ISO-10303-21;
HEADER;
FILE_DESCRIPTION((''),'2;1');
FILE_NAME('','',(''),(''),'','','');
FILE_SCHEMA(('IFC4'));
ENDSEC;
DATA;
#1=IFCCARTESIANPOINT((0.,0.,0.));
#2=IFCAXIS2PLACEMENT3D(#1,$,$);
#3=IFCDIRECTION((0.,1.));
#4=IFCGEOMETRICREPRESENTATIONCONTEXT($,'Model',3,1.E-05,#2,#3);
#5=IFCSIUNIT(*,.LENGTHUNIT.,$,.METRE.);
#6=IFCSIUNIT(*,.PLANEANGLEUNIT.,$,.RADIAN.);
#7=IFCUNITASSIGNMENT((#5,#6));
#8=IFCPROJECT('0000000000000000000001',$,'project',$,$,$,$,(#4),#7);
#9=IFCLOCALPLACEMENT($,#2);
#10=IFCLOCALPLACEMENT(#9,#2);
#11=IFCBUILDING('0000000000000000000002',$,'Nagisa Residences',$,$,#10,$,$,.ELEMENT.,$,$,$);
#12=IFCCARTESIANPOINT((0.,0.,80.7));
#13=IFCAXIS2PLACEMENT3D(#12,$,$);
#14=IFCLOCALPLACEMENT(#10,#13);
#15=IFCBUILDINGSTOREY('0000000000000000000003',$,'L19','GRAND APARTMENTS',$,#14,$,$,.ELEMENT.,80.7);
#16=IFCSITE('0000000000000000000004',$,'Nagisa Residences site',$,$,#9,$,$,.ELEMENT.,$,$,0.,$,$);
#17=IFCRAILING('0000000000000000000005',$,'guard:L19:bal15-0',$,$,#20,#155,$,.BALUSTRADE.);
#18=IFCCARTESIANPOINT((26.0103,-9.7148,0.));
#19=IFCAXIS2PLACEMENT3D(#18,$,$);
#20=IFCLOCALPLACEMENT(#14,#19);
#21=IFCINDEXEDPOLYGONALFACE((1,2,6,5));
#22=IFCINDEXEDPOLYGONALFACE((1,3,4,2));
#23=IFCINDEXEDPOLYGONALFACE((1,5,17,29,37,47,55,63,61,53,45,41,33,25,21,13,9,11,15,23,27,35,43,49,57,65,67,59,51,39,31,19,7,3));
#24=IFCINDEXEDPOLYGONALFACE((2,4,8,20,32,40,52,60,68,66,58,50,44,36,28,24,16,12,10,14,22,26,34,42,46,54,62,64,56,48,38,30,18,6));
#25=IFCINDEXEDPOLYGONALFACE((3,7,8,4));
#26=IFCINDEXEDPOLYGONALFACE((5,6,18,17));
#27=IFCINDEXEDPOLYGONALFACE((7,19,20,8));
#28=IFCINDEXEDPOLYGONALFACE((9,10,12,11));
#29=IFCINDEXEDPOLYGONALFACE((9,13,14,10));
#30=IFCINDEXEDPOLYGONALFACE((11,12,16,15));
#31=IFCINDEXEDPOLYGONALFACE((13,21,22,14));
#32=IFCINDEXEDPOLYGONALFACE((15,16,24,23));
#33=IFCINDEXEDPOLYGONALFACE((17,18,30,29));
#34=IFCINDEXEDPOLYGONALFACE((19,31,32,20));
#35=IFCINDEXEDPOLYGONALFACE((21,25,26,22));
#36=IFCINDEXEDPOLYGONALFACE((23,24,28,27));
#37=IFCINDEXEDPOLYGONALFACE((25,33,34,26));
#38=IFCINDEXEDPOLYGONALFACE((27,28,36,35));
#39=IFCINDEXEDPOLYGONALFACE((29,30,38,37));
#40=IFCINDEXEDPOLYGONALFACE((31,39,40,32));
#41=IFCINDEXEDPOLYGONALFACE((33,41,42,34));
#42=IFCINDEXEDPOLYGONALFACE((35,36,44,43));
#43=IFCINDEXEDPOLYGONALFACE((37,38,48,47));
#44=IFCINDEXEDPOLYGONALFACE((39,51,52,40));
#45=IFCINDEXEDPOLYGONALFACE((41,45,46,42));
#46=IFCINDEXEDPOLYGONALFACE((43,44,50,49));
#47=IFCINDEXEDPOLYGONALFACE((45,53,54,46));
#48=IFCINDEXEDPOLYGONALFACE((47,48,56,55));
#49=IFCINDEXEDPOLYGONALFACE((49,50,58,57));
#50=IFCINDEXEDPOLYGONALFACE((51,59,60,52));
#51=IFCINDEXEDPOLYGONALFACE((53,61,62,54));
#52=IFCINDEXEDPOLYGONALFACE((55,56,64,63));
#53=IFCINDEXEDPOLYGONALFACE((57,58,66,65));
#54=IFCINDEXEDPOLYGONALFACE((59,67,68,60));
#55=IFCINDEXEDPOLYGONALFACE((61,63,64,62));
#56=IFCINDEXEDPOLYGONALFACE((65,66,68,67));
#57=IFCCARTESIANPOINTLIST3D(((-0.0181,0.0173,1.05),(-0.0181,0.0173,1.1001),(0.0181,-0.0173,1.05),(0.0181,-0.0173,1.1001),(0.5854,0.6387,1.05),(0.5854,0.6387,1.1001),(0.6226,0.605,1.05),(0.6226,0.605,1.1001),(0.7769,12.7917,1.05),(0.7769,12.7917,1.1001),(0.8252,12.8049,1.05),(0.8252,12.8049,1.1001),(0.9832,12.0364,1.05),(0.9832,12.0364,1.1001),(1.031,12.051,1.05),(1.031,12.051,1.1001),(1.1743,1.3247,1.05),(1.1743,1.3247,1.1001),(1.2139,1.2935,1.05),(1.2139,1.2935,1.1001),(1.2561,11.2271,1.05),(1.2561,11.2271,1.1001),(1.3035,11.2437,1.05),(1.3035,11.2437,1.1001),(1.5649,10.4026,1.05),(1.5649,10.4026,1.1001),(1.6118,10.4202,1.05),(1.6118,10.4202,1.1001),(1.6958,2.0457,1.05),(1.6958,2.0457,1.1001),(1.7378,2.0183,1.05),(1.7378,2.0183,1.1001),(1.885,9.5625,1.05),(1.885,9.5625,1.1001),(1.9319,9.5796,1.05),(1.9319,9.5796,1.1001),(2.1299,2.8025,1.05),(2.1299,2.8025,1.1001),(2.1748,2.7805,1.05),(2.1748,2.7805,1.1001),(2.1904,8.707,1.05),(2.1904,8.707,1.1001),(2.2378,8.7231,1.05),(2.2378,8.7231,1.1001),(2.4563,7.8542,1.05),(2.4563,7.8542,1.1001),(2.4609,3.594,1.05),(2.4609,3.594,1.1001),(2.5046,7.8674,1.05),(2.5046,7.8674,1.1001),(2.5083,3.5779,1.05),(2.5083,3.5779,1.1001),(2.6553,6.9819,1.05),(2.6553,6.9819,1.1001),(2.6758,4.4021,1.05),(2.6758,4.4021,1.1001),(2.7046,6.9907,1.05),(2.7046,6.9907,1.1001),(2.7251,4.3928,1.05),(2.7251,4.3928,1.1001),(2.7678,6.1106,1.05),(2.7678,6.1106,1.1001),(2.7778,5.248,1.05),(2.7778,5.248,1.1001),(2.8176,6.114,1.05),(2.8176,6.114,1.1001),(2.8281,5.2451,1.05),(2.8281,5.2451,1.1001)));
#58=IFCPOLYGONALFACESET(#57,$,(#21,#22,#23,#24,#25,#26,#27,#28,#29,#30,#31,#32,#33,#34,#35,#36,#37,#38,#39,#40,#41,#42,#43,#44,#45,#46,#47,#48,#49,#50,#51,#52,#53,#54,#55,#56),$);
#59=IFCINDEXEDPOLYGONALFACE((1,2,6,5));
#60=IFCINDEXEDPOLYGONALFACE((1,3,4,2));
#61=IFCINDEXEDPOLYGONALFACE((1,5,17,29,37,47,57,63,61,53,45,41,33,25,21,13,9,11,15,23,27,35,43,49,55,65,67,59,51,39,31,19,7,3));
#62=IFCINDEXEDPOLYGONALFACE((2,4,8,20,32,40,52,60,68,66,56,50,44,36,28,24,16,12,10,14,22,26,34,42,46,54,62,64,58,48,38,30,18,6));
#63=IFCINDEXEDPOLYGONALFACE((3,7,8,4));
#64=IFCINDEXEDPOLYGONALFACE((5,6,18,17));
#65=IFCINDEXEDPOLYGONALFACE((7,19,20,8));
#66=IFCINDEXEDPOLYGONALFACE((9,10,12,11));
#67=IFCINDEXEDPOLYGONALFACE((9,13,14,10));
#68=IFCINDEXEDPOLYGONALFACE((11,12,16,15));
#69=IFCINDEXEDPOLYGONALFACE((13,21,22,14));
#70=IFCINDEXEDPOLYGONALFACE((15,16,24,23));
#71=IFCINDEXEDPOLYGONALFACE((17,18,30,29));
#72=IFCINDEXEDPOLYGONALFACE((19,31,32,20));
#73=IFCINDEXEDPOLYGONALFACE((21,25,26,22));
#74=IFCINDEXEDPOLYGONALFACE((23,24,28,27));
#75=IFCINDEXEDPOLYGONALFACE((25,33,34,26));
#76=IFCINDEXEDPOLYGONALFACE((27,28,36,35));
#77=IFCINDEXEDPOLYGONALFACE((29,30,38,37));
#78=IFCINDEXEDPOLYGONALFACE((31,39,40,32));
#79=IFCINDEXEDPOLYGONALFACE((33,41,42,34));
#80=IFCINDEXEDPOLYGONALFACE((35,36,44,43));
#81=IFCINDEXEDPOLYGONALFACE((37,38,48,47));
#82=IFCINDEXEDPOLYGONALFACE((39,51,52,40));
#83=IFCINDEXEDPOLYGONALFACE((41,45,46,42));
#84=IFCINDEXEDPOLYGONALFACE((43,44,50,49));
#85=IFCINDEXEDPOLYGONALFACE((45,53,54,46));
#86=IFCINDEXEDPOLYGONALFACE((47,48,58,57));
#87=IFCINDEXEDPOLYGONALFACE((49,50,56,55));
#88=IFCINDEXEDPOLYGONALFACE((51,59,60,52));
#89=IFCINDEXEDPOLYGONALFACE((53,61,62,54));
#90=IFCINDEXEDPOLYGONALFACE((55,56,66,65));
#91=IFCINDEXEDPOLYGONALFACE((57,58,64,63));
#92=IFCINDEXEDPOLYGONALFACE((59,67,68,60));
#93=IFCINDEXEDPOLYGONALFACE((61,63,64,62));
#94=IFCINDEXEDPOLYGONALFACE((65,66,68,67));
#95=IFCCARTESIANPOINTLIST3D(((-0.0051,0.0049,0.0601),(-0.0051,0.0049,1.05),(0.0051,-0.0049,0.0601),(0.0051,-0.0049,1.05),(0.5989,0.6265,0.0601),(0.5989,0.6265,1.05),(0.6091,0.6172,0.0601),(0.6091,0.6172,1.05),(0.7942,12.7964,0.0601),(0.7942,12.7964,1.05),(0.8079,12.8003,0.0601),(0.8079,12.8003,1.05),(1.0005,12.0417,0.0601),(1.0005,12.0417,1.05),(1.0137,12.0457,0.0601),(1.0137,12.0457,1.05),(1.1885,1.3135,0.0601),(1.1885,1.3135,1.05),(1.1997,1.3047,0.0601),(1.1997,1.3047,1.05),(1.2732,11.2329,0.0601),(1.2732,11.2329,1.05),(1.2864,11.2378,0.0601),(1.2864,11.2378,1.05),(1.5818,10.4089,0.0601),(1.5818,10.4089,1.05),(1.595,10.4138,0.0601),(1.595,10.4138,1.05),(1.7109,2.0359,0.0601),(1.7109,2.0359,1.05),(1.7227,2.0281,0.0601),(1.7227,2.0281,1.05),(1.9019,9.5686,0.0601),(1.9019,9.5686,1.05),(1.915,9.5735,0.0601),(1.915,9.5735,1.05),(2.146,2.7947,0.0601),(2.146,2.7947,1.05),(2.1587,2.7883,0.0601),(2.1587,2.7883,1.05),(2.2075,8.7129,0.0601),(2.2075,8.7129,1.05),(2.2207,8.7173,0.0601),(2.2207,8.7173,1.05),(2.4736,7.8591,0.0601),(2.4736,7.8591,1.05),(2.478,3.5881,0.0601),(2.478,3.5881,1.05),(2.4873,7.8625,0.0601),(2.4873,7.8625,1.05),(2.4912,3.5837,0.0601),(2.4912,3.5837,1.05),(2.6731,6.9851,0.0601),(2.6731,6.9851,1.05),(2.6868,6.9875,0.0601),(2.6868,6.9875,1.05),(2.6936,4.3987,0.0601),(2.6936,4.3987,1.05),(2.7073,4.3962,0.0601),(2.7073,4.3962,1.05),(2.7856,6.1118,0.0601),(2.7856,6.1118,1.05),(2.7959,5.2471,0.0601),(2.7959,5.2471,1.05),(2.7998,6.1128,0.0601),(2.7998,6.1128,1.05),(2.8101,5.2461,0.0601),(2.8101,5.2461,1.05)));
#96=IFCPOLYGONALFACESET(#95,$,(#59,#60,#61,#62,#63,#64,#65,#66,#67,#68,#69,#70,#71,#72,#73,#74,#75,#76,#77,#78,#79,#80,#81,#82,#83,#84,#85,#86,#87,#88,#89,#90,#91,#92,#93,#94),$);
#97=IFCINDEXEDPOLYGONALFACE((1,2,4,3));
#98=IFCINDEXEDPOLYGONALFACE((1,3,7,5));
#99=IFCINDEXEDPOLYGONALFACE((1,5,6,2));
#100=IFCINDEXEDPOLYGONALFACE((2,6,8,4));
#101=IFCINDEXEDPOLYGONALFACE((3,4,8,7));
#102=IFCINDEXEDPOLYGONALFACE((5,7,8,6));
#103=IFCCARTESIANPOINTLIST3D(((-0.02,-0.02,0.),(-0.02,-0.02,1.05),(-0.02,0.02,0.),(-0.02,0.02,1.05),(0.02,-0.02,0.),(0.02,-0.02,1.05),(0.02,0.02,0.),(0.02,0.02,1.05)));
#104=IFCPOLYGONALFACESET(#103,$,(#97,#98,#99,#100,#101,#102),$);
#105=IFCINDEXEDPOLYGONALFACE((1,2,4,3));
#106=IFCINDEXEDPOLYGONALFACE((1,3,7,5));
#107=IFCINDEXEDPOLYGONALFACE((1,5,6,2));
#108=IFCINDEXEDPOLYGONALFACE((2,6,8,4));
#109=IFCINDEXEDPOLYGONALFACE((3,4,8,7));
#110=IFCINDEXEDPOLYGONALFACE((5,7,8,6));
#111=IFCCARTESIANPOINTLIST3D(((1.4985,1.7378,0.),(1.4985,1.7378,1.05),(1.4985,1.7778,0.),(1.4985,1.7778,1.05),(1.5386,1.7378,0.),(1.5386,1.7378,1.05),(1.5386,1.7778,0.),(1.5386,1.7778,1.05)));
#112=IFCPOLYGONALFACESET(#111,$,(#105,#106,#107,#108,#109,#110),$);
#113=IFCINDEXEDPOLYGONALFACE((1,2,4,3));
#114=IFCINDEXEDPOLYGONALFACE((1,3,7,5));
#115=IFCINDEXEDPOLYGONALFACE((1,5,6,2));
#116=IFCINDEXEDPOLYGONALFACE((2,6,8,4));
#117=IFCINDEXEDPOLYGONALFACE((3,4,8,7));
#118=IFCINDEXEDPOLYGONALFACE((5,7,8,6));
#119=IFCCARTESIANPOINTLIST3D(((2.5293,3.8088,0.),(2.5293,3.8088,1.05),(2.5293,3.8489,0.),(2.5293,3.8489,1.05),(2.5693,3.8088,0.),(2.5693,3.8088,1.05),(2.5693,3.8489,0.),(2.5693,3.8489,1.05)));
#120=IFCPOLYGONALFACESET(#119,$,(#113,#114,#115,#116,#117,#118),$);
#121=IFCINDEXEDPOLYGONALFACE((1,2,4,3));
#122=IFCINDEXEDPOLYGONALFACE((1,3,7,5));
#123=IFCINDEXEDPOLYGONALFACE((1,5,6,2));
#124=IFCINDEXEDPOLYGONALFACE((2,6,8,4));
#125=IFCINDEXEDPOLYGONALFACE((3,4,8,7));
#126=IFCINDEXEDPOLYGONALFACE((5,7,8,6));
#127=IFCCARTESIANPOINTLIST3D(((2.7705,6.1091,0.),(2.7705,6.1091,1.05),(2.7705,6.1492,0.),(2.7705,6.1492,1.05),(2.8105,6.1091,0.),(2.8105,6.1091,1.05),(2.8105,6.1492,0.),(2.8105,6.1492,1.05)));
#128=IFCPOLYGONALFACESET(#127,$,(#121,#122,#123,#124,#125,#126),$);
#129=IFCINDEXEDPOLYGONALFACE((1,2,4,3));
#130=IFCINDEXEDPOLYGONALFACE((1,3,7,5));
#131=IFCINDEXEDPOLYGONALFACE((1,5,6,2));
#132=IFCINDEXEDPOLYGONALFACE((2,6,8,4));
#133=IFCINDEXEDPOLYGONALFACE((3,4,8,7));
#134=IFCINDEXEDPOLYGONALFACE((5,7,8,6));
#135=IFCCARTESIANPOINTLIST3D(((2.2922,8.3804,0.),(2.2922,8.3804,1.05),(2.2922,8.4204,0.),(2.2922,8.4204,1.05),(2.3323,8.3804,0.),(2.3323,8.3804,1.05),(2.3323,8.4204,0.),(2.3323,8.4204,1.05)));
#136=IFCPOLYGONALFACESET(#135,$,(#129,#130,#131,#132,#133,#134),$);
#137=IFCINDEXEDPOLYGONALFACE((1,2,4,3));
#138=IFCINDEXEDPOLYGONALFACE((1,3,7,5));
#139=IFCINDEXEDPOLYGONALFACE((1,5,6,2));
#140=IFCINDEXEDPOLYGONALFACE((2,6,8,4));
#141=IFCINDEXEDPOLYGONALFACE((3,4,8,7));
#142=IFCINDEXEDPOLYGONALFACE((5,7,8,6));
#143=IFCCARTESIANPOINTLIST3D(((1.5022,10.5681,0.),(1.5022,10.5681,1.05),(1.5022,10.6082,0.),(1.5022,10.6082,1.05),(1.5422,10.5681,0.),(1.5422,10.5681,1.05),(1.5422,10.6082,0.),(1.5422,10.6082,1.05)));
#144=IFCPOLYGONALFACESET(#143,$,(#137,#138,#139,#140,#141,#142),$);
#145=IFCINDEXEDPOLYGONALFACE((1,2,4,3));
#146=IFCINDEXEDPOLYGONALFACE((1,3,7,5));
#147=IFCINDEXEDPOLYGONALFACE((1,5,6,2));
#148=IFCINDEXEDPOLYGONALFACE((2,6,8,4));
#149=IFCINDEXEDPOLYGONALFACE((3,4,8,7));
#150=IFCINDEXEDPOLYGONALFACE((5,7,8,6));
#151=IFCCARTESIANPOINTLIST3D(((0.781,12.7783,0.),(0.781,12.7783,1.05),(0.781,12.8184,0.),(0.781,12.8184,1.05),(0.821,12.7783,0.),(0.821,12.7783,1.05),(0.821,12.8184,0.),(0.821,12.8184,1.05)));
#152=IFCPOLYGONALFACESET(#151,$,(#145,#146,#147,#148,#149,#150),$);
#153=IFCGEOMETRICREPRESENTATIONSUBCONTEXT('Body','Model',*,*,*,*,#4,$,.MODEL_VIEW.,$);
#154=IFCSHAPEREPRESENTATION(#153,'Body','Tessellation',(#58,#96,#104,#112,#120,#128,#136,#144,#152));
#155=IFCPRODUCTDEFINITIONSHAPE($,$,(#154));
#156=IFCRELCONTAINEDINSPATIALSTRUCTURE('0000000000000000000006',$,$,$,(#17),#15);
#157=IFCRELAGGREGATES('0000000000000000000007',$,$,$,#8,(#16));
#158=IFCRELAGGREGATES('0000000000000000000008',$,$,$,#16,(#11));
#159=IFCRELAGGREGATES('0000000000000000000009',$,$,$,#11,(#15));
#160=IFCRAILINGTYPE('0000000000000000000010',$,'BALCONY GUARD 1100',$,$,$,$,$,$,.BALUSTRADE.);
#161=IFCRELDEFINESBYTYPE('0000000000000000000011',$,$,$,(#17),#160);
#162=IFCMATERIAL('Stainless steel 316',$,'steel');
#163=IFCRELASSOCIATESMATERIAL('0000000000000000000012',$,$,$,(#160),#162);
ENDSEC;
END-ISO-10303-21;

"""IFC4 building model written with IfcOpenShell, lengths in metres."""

from ifc_helpers import new_model, si_unit, direction, frame, origin, origin_2d, place, context, subcontext, project, spatial, polyline, rectangle, outline, extrude, material, type_object, element, save


model = new_model("IFC4")

# Units and contexts
model_context = context("Model", 3, precision=1e-05, world=origin(), true_north=direction((0.0, 1.0)))
body_context = subcontext(model_context, "Body", "Model", "MODEL_VIEW")
ifc_project = project(units=[si_unit("LENGTHUNIT", "METRE"), si_unit("PLANEANGLEUNIT", "RADIAN")], contexts=[model_context])

# Site, building, storey
site_placement = place(None, origin())
site = spatial("IfcSite", under=ifc_project, at=site_placement, Name="Nagisa Residences site", CompositionType="ELEMENT", RefElevation=0.0)
building_placement = place(site_placement, origin())
building = spatial("IfcBuilding", under=site, at=building_placement, Name="Nagisa Residences", CompositionType="ELEMENT")
storey_placement = place(building_placement, frame((0.0, 0.0, 80.7)))
storey = spatial("IfcBuildingStorey", under=building, at=storey_placement, Name="L19", Description="GRAND APARTMENTS", CompositionType="ELEMENT", Elevation=80.7)

# Railing
ifc_material_1 = material(Name="Stainless steel 316", Category="steel")
railing_type_1 = type_object("IfcRailingType", Name="BALCONY GUARD 1100", PredefinedType="BALUSTRADE", material=ifc_material_1)
railing_1_placement = place(storey_placement, frame((26.0103, -9.7148, 0.0)))
element("IfcRailing", 1, at=railing_1_placement, inside=storey, type_object=railing_type_1, Name="guard:L19:bal15-0", PredefinedType="BALUSTRADE", context=body_context, shape_type="SweptSolid", body=[
    extrude(outline(polyline([(0.5854, 0.6387), (-0.0181, 0.0173), (0.0181, -0.0173), (0.6226, 0.605), (1.2139, 1.2935), (1.7378, 2.0183), (2.1748, 2.7805), (2.5083, 3.5779), (2.7251, 4.3928), (2.8281, 5.2451), (2.8176, 6.114), (2.7046, 6.9907), (2.5046, 7.8674), (2.2378, 8.7231), (1.9319, 9.5796), (1.6118, 10.4202), (1.3035, 11.2437), (1.031, 12.051), (0.8252, 12.8049), (0.7769, 12.7917), (0.9832, 12.0364), (1.2561, 11.2271), (1.5649, 10.4026), (1.885, 9.5625), (2.1904, 8.707), (2.4563, 7.8542), (2.6553, 6.9819), (2.7678, 6.1106), (2.7778, 5.248), (2.6758, 4.4021), (2.4609, 3.594), (2.1299, 2.8025), (1.6958, 2.0457), (1.1743, 1.3247), (0.5854, 0.6387)])), frame((0.0, 0.0, 1.05)), (0.0, 0.0, 1.0), 0.05),
    extrude(outline(polyline([(0.5989, 0.6265), (-0.0051, 0.0049), (0.0051, -0.0049), (0.6091, 0.6172), (1.1997, 1.3047), (1.7227, 2.0281), (2.1587, 2.7883), (2.4912, 3.5837), (2.7073, 4.3962), (2.8101, 5.2461), (2.7998, 6.1128), (2.6868, 6.9875), (2.4873, 7.8625), (2.2207, 8.7173), (1.915, 9.5735), (1.595, 10.4138), (1.2864, 11.2378), (1.0137, 12.0457), (0.8079, 12.8003), (0.7942, 12.7964), (1.0005, 12.0417), (1.2732, 11.2329), (1.5818, 10.4089), (1.9019, 9.5686), (2.2075, 8.7129), (2.4736, 7.8591), (2.6731, 6.9851), (2.7856, 6.1118), (2.7959, 5.2471), (2.6936, 4.3987), (2.478, 3.5881), (2.146, 2.7947), (1.7109, 2.0359), (1.1885, 1.3135), (0.5989, 0.6265)])), frame((0.0, 0.0, 0.0601)), (0.0, 0.0, 1.0), 0.99),
    extrude(rectangle(XDim=0.04, YDim=0.04, at=origin_2d()), origin(), (0.0, 0.0, 1.0), 1.05),
    extrude(rectangle(XDim=0.04, YDim=0.04, at=origin_2d()), frame((1.5186, 1.7578, 0.0)), (0.0, 0.0, 1.0), 1.05),
    extrude(rectangle(XDim=0.04, YDim=0.04, at=origin_2d()), frame((2.5493, 3.8289, 0.0)), (0.0, 0.0, 1.0), 1.05),
    extrude(rectangle(XDim=0.04, YDim=0.04, at=origin_2d()), frame((2.7905, 6.1292, 0.0)), (0.0, 0.0, 1.0), 1.05),
    extrude(rectangle(XDim=0.04, YDim=0.04, at=origin_2d()), frame((2.3123, 8.4004, 0.0)), (0.0, 0.0, 1.0), 1.05),
    extrude(rectangle(XDim=0.04, YDim=0.04, at=origin_2d()), frame((1.5222, 10.5881, 0.0)), (0.0, 0.0, 1.0), 1.05),
    extrude(rectangle(XDim=0.04, YDim=0.04, at=origin_2d()), frame((0.801, 12.7983, 0.0)), (0.0, 0.0, 1.0), 1.05),
])

save(model, "model.ifc")
